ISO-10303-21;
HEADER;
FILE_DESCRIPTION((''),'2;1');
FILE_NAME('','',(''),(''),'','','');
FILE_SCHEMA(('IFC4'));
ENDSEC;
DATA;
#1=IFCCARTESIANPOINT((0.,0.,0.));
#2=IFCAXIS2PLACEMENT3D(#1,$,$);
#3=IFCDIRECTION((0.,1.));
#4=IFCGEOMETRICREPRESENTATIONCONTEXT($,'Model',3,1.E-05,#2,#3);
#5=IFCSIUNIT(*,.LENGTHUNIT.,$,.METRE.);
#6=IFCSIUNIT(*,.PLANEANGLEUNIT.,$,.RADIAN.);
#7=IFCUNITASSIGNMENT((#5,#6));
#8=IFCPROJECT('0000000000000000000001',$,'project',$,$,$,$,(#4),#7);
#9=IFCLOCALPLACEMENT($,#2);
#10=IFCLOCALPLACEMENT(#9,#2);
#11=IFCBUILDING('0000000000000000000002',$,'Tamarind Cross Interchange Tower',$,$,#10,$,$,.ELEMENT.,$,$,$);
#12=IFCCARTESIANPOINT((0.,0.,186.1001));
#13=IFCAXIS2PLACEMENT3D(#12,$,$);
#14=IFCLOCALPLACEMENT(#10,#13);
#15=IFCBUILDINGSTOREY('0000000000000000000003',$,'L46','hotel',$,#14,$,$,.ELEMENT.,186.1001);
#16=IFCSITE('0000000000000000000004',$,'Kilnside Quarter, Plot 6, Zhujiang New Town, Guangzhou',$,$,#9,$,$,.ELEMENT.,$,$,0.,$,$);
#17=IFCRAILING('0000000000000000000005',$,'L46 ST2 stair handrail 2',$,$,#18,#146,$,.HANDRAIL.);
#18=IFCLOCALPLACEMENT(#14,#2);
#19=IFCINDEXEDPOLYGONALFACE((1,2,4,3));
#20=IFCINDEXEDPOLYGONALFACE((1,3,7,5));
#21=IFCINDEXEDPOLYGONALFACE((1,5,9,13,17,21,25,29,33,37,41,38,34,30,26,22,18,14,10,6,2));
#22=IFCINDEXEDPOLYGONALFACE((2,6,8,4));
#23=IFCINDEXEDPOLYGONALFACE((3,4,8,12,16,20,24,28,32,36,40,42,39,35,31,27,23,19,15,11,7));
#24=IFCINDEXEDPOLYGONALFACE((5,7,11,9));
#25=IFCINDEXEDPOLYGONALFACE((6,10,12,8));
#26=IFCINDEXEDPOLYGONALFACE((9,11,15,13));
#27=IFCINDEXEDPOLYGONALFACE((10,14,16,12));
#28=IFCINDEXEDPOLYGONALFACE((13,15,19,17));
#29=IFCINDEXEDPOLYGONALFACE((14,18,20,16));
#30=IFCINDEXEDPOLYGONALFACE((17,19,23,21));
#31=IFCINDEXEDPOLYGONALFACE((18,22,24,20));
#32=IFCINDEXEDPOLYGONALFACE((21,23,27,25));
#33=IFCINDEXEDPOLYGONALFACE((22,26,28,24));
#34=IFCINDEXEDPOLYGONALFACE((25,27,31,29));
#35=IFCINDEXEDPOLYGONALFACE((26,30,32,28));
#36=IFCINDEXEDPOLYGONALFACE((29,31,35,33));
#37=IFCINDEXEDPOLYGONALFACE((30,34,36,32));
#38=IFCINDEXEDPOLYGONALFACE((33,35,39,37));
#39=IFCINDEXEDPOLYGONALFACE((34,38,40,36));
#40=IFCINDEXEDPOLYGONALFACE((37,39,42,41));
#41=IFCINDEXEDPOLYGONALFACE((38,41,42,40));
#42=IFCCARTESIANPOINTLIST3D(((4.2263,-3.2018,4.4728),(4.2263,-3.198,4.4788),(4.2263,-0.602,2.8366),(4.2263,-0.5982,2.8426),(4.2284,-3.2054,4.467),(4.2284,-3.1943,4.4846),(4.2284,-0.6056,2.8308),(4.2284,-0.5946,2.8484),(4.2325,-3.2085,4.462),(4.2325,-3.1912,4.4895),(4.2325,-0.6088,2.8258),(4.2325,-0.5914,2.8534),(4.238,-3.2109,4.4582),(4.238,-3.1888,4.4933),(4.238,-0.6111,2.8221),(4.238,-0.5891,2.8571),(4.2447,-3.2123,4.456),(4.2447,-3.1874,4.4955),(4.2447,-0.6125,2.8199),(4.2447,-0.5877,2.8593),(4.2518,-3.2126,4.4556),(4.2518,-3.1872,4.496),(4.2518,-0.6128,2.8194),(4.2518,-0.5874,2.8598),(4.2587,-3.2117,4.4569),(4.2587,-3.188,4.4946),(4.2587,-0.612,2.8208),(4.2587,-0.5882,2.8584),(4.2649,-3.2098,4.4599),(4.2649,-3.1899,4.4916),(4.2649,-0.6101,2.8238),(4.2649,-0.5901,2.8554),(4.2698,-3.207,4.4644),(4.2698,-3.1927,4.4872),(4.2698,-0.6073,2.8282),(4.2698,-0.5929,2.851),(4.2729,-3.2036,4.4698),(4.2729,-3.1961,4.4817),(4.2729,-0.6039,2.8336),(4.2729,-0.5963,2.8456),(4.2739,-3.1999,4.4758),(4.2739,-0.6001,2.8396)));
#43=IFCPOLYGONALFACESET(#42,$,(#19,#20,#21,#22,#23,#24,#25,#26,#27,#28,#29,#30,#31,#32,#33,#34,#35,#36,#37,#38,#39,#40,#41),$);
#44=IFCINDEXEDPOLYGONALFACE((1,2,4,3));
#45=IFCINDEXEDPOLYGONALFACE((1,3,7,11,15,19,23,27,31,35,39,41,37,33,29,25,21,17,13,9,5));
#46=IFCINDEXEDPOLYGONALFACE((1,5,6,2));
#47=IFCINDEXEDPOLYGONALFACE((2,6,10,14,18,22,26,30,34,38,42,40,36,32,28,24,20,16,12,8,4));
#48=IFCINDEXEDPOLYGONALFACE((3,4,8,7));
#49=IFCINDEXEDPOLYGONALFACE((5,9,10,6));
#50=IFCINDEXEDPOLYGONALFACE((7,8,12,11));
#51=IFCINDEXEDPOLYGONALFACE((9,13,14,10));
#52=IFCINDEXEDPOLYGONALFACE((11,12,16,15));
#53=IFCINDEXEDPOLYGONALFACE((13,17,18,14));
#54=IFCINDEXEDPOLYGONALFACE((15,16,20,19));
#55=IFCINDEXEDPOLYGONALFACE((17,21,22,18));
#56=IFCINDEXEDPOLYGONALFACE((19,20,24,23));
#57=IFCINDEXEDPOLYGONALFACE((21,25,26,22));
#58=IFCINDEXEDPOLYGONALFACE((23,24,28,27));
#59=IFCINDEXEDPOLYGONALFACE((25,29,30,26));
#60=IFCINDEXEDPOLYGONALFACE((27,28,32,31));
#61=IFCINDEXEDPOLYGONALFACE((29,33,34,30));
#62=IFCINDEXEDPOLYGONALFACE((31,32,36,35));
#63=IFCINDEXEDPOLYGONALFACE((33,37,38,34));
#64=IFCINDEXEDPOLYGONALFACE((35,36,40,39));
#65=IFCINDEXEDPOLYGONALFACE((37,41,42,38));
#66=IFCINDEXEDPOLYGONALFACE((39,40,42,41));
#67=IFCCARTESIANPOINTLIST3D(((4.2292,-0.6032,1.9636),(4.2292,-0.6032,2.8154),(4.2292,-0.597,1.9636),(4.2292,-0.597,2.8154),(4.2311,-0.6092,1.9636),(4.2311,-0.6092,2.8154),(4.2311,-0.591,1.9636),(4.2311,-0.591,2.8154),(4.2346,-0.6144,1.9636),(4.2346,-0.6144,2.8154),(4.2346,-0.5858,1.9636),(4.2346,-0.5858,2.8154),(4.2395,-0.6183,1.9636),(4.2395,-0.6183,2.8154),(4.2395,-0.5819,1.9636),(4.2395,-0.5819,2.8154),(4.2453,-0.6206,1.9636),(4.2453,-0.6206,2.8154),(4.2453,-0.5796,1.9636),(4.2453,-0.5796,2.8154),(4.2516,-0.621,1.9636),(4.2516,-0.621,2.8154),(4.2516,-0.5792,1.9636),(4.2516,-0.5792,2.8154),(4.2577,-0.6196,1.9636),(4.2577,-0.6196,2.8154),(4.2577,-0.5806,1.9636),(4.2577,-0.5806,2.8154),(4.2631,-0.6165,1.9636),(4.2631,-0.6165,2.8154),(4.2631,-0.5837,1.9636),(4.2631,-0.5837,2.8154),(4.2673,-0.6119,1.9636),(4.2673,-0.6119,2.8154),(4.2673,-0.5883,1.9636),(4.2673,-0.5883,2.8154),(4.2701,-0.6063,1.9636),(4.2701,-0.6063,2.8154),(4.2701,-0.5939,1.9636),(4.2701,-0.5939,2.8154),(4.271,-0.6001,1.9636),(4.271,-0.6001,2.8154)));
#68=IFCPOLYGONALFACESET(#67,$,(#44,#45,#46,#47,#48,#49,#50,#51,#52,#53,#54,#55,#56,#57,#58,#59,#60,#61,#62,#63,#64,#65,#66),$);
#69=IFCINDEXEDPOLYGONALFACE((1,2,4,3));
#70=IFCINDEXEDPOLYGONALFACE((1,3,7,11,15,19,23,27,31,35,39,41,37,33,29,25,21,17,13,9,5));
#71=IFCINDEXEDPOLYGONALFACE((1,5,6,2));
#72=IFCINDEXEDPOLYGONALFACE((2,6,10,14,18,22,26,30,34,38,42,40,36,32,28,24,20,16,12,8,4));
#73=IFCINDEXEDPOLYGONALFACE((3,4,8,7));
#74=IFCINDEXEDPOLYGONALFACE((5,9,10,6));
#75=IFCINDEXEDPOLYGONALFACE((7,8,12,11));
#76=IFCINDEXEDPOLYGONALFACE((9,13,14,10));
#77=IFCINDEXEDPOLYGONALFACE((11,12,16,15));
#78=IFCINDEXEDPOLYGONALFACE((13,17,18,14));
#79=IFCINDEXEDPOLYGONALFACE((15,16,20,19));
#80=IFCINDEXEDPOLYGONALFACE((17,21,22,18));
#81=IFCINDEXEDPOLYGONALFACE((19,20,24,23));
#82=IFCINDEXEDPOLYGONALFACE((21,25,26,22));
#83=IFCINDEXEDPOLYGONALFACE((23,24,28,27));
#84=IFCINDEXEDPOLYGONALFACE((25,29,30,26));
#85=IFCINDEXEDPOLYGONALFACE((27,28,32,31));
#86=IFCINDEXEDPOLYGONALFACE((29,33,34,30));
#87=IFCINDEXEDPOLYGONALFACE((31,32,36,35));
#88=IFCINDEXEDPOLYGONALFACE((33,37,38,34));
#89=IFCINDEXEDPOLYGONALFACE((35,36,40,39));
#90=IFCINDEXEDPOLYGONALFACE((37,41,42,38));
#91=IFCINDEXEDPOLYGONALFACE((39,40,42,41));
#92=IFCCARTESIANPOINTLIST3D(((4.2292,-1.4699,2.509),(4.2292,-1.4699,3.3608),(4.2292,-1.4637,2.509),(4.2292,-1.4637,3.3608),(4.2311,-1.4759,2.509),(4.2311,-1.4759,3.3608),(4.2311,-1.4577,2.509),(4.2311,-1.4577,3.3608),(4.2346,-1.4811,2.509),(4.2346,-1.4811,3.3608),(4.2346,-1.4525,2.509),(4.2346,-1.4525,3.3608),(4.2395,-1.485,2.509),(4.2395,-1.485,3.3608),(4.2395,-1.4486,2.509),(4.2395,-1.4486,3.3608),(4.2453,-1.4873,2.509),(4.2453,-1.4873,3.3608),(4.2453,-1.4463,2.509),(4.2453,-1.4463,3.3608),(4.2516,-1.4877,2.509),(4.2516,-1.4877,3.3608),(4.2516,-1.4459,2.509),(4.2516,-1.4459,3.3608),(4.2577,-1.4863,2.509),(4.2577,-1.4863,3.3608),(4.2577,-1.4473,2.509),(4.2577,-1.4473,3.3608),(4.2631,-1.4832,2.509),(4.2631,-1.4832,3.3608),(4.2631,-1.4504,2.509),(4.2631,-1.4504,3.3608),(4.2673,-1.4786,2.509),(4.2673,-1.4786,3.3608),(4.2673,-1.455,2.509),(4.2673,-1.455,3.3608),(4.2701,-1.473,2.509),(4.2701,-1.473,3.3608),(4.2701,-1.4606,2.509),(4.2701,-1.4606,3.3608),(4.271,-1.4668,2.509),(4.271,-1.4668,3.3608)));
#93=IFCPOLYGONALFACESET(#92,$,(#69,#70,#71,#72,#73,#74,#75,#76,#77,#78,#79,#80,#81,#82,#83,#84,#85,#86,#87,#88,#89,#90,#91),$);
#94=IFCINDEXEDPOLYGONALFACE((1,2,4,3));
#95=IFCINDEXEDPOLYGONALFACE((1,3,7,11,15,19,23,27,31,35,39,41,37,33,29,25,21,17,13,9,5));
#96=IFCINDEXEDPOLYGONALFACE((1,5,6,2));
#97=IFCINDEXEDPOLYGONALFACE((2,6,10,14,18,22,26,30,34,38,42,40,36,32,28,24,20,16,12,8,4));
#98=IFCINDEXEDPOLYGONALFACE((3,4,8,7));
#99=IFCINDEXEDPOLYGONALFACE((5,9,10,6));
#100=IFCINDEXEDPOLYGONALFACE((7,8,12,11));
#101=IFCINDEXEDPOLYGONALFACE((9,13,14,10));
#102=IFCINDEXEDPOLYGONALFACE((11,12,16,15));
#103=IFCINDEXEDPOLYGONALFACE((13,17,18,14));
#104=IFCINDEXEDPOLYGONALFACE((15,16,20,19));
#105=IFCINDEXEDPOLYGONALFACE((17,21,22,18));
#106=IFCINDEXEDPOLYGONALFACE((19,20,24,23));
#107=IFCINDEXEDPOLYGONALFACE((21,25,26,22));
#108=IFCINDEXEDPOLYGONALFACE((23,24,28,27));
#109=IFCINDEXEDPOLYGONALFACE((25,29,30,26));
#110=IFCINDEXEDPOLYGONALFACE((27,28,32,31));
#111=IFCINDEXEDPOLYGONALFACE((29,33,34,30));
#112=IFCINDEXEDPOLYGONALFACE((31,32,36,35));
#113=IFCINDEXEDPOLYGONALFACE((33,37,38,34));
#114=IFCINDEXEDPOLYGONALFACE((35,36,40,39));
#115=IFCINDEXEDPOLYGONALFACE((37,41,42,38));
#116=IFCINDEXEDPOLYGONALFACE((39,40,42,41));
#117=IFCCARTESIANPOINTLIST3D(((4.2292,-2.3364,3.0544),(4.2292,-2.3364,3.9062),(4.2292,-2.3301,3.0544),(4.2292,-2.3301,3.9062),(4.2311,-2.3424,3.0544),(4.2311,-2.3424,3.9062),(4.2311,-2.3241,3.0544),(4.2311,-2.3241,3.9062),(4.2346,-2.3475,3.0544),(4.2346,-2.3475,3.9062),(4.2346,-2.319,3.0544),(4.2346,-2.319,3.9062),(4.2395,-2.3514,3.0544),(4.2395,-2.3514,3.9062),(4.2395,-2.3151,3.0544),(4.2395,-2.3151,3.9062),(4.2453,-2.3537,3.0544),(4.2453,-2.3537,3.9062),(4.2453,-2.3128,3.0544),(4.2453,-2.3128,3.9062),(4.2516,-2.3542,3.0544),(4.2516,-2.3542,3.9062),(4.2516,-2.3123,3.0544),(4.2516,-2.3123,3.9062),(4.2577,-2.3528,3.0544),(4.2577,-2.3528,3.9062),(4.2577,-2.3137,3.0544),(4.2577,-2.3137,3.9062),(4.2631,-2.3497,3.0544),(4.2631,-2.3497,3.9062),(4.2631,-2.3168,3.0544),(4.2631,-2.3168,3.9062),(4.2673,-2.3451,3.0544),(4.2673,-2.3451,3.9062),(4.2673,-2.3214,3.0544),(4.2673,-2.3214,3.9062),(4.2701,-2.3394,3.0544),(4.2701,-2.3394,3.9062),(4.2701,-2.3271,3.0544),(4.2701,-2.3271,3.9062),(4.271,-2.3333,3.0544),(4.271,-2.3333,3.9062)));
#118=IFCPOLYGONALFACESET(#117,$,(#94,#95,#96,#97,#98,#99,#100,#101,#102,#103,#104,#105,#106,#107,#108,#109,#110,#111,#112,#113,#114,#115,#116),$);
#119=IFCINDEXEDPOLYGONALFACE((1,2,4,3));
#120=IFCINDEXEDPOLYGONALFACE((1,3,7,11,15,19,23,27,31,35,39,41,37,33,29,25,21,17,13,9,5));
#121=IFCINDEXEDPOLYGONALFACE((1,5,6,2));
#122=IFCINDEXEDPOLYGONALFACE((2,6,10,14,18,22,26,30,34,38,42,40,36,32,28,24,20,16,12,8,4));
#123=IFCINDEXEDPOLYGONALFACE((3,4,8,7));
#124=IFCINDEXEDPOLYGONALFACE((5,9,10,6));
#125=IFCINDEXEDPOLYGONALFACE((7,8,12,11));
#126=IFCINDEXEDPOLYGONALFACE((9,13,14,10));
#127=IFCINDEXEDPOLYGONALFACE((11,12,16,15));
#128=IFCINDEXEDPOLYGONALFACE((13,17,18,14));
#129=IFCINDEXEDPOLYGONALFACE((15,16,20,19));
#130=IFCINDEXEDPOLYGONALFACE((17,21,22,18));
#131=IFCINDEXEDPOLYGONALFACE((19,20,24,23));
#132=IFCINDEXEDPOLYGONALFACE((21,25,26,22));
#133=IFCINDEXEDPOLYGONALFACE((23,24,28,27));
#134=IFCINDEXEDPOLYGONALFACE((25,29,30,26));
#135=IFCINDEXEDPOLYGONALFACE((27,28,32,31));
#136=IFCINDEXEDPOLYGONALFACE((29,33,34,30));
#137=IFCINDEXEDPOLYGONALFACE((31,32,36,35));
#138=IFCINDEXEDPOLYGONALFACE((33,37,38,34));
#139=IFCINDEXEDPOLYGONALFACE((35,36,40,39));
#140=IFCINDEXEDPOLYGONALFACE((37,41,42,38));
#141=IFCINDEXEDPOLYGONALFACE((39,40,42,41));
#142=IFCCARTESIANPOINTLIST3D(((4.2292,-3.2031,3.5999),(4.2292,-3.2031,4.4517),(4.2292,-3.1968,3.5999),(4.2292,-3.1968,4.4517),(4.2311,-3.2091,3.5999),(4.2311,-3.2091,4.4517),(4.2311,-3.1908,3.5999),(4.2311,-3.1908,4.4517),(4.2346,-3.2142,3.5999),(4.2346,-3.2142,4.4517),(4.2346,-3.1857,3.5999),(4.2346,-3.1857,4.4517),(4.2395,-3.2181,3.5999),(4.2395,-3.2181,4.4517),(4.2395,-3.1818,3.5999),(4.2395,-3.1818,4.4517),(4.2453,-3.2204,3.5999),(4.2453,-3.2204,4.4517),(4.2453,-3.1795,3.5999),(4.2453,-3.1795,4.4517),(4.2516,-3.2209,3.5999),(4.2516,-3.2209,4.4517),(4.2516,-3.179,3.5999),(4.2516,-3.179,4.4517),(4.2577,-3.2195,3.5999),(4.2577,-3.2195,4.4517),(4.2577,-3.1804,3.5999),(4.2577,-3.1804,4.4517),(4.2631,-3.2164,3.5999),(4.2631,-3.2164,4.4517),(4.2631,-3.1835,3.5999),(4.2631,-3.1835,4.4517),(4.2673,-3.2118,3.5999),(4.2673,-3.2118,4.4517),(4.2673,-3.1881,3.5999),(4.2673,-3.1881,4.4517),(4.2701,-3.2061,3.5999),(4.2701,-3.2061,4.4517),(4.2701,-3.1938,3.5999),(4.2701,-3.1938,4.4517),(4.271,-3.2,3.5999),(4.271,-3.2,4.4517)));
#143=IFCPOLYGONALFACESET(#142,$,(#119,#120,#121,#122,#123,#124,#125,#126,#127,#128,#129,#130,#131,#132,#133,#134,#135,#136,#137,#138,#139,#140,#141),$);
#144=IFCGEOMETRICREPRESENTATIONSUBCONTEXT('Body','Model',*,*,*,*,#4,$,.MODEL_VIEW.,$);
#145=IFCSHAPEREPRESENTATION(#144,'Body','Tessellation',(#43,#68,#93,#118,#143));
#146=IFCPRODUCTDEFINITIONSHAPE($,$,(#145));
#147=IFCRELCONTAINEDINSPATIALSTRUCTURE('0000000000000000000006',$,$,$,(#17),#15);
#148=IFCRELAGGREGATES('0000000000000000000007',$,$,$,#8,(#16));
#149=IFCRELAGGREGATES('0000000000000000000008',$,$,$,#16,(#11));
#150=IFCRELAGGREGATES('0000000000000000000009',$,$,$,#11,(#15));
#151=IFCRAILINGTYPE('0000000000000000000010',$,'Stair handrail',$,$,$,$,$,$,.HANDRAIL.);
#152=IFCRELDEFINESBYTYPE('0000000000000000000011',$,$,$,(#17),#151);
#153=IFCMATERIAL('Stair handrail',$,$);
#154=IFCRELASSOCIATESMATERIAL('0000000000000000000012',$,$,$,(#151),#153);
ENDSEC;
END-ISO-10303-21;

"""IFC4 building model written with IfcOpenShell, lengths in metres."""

from ifc_helpers import new_model, si_unit, direction, frame, origin, origin_2d, place, context, subcontext, project, spatial, circle, extrude, material, type_object, element, save


model = new_model("IFC4")

# Units and contexts
model_context = context("Model", 3, precision=1e-05, world=origin(), true_north=direction((0.0, 1.0)))
body_context = subcontext(model_context, "Body", "Model", "MODEL_VIEW")
ifc_project = project(units=[si_unit("LENGTHUNIT", "METRE"), si_unit("PLANEANGLEUNIT", "RADIAN")], contexts=[model_context])

# Site, building, storey
site_placement = place(None, origin())
site = spatial("IfcSite", under=ifc_project, at=site_placement, Name="Kilnside Quarter, Plot 6, Zhujiang New Town, Guangzhou", CompositionType="ELEMENT", RefElevation=0.0)
building_placement = place(site_placement, origin())
building = spatial("IfcBuilding", under=site, at=building_placement, Name="Tamarind Cross Interchange Tower", CompositionType="ELEMENT")
storey_placement = place(building_placement, frame((0.0, 0.0, 186.1001)))
storey = spatial("IfcBuildingStorey", under=building, at=storey_placement, Name="L46", Description="hotel", CompositionType="ELEMENT", Elevation=186.1001)

# Railing
ifc_material_1 = material(Name="Stair handrail")
railing_type_1 = type_object("IfcRailingType", Name="Stair handrail", PredefinedType="HANDRAIL", material=ifc_material_1)
railing_1_placement = place(storey_placement, frame((4.25, -0.6001, 1.9636)))
element("IfcRailing", 1, at=railing_1_placement, inside=storey, type_object=railing_type_1, Name="L46 ST2 stair handrail 2", PredefinedType="HANDRAIL", context=body_context, shape_type="SweptSolid", body=[
    extrude(circle(Radius=0.0239, at=origin_2d()), frame((0.0, 0.0, 0.876), z_axis=(0.0, -0.846338, 0.532647), x_axis=(1.0, 0.0, 0.0)), (0.0, 0.0, 1.0), 3.0718),
    extrude(circle(Radius=0.021, at=origin_2d()), origin(), (0.0, 0.0, 1.0), 0.8518),
    extrude(circle(Radius=0.021, at=origin_2d()), frame((0.0, -0.8667, 0.5454)), (0.0, 0.0, 1.0), 0.8518),
    extrude(circle(Radius=0.021, at=origin_2d()), frame((0.0, -1.7332, 1.0908)), (0.0, 0.0, 1.0), 0.8518),
    extrude(circle(Radius=0.021, at=origin_2d()), frame((0.0, -2.5999, 1.6362)), (0.0, 0.0, 1.0), 0.8518),
])

save(model, "model.ifc")
